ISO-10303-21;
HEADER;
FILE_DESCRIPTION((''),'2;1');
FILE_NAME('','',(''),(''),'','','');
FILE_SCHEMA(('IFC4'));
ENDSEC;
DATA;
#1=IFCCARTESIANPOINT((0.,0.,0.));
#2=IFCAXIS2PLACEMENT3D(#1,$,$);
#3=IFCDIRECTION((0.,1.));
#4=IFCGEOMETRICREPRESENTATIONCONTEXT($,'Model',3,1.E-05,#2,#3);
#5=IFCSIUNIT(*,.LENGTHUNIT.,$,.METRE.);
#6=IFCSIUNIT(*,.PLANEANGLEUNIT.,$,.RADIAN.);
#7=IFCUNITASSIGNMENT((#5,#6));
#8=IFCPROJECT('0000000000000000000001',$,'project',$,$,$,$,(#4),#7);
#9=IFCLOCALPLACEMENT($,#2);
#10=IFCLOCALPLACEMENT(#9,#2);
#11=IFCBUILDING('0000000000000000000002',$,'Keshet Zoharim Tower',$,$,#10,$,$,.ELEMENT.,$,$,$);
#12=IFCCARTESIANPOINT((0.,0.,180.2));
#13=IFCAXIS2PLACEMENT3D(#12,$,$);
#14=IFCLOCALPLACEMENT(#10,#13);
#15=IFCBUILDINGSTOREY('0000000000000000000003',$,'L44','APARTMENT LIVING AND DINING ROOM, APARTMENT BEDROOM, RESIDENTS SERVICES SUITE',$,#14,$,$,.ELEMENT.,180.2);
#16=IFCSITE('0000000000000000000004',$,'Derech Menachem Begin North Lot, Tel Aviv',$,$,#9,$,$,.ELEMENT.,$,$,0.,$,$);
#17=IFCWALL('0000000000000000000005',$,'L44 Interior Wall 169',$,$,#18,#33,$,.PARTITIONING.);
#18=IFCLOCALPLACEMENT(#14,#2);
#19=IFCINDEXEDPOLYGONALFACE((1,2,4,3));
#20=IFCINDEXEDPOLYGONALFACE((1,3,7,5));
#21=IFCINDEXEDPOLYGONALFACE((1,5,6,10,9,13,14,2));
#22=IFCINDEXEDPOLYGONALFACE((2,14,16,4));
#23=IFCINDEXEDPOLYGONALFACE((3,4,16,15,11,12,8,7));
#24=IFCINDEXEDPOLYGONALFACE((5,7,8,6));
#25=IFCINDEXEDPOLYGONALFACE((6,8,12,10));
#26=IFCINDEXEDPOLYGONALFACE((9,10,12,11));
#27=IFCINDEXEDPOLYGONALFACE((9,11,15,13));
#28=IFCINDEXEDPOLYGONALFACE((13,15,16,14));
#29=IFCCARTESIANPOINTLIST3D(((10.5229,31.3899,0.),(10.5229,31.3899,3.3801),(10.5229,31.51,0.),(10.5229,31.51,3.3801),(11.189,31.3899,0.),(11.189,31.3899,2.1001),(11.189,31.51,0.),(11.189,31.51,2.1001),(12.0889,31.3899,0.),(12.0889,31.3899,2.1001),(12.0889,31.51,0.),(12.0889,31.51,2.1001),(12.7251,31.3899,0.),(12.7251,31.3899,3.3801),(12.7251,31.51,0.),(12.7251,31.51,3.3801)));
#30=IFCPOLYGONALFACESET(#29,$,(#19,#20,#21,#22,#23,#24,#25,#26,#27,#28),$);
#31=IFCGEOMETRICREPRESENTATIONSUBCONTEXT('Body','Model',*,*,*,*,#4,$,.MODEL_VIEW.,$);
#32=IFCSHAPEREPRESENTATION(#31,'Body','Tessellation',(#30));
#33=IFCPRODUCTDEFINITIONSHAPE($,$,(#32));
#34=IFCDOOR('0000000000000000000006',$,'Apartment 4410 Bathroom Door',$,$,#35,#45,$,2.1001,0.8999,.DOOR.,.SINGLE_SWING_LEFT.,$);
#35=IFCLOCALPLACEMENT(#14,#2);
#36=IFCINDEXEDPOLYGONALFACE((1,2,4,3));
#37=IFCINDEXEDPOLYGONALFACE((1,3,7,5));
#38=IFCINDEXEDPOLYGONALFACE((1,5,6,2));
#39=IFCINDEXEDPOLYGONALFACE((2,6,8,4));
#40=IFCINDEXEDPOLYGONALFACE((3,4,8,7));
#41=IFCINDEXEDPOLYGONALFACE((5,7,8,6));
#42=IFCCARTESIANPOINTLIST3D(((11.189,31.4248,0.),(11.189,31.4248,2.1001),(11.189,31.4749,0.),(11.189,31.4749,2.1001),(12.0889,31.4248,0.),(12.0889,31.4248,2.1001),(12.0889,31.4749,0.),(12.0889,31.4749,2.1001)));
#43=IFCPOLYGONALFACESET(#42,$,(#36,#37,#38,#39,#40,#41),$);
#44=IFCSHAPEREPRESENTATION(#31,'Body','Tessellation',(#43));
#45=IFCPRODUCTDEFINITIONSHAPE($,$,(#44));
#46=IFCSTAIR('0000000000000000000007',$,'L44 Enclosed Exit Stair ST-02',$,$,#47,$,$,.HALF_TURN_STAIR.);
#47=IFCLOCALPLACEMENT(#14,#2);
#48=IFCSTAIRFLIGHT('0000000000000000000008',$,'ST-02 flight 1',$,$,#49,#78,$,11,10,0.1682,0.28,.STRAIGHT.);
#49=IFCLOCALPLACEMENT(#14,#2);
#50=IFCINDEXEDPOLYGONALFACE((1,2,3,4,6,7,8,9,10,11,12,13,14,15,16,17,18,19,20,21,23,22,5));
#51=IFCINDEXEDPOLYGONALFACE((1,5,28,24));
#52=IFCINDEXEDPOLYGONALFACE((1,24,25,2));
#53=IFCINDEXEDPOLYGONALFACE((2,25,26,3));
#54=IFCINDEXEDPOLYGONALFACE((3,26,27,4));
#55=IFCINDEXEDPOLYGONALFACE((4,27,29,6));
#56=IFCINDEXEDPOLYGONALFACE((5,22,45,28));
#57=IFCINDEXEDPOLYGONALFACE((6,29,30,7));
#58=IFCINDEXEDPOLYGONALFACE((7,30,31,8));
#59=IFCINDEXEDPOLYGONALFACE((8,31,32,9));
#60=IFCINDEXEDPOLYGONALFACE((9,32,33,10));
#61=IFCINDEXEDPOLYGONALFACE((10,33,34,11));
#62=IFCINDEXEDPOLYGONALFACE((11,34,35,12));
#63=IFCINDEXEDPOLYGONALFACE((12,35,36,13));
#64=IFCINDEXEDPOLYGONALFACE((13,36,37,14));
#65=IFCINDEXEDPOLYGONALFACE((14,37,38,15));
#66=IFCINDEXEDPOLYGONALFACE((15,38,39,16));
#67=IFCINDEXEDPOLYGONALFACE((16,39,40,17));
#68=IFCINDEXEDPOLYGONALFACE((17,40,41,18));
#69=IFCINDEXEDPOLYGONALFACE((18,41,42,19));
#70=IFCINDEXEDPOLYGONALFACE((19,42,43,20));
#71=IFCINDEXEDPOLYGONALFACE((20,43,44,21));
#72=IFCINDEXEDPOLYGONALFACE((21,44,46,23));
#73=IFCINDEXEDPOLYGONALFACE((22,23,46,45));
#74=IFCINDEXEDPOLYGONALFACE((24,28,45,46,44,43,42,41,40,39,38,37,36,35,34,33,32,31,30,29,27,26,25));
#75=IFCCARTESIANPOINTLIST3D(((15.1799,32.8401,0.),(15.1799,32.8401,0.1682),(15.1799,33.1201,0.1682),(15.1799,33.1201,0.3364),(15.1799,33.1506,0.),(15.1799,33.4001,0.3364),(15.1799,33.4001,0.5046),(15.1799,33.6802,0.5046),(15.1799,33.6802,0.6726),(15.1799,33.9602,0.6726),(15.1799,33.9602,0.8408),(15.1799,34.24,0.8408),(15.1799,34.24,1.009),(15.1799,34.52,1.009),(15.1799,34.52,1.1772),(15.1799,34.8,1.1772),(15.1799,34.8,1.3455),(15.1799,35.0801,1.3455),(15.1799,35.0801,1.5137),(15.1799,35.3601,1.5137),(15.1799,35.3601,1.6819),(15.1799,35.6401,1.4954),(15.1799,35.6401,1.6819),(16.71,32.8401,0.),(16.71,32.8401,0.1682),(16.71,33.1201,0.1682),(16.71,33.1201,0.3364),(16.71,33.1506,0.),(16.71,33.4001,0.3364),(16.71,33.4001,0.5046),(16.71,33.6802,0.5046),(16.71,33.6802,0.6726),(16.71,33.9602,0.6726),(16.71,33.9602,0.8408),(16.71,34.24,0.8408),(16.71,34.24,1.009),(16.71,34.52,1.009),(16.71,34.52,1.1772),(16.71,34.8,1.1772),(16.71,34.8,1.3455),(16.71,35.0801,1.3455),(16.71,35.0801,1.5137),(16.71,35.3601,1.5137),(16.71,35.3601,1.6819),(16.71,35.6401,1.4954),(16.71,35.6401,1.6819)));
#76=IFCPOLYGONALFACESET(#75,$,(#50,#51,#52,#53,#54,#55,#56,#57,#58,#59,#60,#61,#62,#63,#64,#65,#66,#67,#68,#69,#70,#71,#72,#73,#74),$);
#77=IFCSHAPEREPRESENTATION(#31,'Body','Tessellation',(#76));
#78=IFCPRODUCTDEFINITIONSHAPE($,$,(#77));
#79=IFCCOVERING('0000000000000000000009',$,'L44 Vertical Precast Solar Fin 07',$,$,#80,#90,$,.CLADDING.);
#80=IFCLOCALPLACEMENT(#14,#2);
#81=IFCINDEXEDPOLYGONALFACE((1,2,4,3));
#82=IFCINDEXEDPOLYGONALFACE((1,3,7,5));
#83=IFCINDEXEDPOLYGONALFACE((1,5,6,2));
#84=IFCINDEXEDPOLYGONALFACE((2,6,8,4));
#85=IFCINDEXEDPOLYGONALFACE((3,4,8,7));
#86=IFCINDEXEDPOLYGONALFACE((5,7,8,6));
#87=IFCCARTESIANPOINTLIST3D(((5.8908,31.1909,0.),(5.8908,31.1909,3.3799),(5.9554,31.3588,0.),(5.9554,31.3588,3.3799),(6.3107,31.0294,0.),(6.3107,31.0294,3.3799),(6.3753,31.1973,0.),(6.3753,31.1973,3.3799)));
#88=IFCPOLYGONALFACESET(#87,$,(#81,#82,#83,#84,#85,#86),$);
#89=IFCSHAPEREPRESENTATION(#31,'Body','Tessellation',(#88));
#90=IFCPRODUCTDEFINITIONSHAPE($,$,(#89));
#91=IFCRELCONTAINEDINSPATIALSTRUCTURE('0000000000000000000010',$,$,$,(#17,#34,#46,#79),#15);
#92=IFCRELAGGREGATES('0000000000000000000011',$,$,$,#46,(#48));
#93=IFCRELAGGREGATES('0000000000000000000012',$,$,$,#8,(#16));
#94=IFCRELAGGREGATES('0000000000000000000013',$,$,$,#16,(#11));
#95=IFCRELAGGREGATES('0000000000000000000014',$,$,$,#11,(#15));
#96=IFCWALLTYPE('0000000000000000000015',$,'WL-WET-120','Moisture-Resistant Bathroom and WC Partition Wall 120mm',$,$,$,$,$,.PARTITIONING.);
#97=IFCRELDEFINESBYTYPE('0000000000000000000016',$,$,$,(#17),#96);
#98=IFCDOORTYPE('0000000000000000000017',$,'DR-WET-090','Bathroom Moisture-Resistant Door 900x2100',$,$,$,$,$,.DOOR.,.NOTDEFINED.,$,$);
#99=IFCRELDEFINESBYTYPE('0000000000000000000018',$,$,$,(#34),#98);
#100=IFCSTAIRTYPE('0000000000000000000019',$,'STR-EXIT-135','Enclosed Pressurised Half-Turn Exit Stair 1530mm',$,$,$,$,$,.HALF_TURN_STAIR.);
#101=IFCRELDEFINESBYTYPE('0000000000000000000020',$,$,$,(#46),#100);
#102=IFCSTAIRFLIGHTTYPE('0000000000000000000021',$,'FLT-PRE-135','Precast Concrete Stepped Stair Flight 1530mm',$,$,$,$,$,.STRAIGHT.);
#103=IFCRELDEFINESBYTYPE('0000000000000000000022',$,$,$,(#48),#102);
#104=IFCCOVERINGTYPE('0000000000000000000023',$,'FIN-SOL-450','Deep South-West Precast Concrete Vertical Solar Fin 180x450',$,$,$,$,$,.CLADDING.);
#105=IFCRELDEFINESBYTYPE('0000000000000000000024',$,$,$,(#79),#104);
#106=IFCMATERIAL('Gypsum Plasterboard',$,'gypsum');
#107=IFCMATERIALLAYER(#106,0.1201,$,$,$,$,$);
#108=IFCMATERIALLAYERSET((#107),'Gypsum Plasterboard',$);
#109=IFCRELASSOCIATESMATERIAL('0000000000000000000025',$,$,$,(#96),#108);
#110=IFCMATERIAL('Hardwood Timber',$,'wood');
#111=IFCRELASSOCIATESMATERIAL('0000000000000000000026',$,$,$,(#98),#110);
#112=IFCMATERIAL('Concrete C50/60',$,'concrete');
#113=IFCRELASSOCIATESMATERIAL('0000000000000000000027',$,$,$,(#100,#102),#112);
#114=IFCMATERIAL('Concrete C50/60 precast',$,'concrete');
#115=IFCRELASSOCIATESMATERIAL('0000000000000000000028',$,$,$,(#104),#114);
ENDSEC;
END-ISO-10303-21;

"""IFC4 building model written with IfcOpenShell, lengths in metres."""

from ifc_helpers import new_model, si_unit, direction, frame, frame_2d, origin, origin_2d, place, context, subcontext, project, spatial, polyline, rectangle, outline, extrude, material, layer, layer_set, type_object, element, fill, aggregate, save


model = new_model("IFC4")

# Units and contexts
model_context = context("Model", 3, precision=1e-05, world=origin(), true_north=direction((0.0, 1.0)))
body_context = subcontext(model_context, "Body", "Model", "MODEL_VIEW")
ifc_project = project(units=[si_unit("LENGTHUNIT", "METRE"), si_unit("PLANEANGLEUNIT", "RADIAN")], contexts=[model_context])

# Site, building, storey
site_placement = place(None, origin())
site = spatial("IfcSite", under=ifc_project, at=site_placement, Name="Derech Menachem Begin North Lot, Tel Aviv", CompositionType="ELEMENT", RefElevation=0.0)
building_placement = place(site_placement, origin())
building = spatial("IfcBuilding", under=site, at=building_placement, Name="Keshet Zoharim Tower", CompositionType="ELEMENT")
storey_placement = place(building_placement, frame((0.0, 0.0, 180.2)))
storey = spatial("IfcBuildingStorey", under=building, at=storey_placement, Name="L44", Description="APARTMENT LIVING AND DINING ROOM, APARTMENT BEDROOM, RESIDENTS SERVICES SUITE", CompositionType="ELEMENT", Elevation=180.2)

# Shared definitions
ifc_material_1 = material(Name="Hardwood Timber", Category="wood")

# Shared definitions
ifc_material_2 = material(Name="Gypsum Plasterboard", Category="gypsum")

# Shared definitions
ifc_layer_1 = layer(ifc_material_2, 0.1201)
ifc_layer_set_1 = layer_set([ifc_layer_1], Name="Gypsum Plasterboard")
wall_type_1 = type_object("IfcWallType", Name="WL-WET-120", Description="Moisture-Resistant Bathroom and WC Partition Wall 120mm", PredefinedType="PARTITIONING", material=ifc_layer_set_1)

# Wall, opening, door
wall_1_placement = place(storey_placement, frame((10.5229, 31.45, 0.0), z_axis=(0.0, 0.0, 1.0), x_axis=(1.0, 0.0, 0.0)))
wall_1 = element("IfcWall", 1, at=wall_1_placement, inside=storey, type_object=wall_type_1, Name="L44 Interior Wall 169", PredefinedType="PARTITIONING", context=body_context, shape_type="SweptSolid", body=[
    extrude(rectangle(XDim=2.2021, YDim=0.1201, at=frame_2d((1.1011, 0.0))), origin(), (0.0, 0.0, 1.0), 3.3801),
])
opening_1_placement = place(wall_1_placement, frame((0.666, 0.0, 0.0)))
opening_1 = element("IfcOpeningElement", 2, at=opening_1_placement, cuts=wall_1, PredefinedType="OPENING", context=body_context, shape_type="SweptSolid", body=[
    extrude(rectangle(XDim=0.8999, YDim=2.1001, at=frame_2d((0.45, 1.05))), frame((0.0, 0.0701, 0.0), z_axis=(0.0, -1.0, 0.0), x_axis=(1.0, 0.0, 0.0)), (0.0, 0.0, 1.0), 0.1401),
])
door_type_1 = type_object("IfcDoorType", Name="DR-WET-090", Description="Bathroom Moisture-Resistant Door 900x2100", OperationType="NOTDEFINED", PredefinedType="DOOR", material=ifc_material_1)
door_1_placement = place(opening_1_placement, origin())
door_1 = element("IfcDoor", 3, at=door_1_placement, inside=storey, type_object=door_type_1, Name="Apartment 4410 Bathroom Door", OperationType="SINGLE_SWING_LEFT", OverallHeight=2.1001, OverallWidth=0.8999, PredefinedType="DOOR", context=body_context, shape_type="SweptSolid", body=[
    extrude(rectangle(XDim=0.8999, YDim=2.1001, at=frame_2d((0.45, 1.05))), frame((0.0, 0.0249, 0.0), z_axis=(0.0, -1.0, 0.0), x_axis=(1.0, 0.0, 0.0)), (0.0, 0.0, 1.0), 0.05),
])
fill(opening_1, door_1)

# Stair, stair flight
ifc_material_3 = material(Name="Concrete C50/60", Category="concrete")
stair_type = type_object("IfcStairType", Name="STR-EXIT-135", Description="Enclosed Pressurised Half-Turn Exit Stair 1530mm", PredefinedType="HALF_TURN_STAIR", material=ifc_material_3)
stair_placement = place(storey_placement, origin())
stair = element("IfcStair", 4, at=stair_placement, inside=storey, type_object=stair_type, Name="L44 Enclosed Exit Stair ST-02", PredefinedType="HALF_TURN_STAIR")
stair_flight_type = type_object("IfcStairFlightType", Name="FLT-PRE-135", Description="Precast Concrete Stepped Stair Flight 1530mm", PredefinedType="STRAIGHT", material=ifc_material_3)
stair_flight_placement = place(storey_placement, frame((15.9451, 32.8401, 0.0), z_axis=(0.0, 0.0, 1.0), x_axis=(0.0, 1.0, 0.0)))
stair_flight = element("IfcStairFlight", 5, at=stair_flight_placement, type_object=stair_flight_type, Name="ST-02 flight 1", NumberOfRisers=11, NumberOfTreads=10, PredefinedType="STRAIGHT", RiserHeight=0.1682, TreadLength=0.28, context=body_context, shape_type="SweptSolid", body=[
    extrude(outline(polyline([(0.0, 0.0), (0.0, 0.1682), (0.28, 0.1682), (0.28, 0.3364), (0.5601, 0.3364), (0.5601, 0.5046), (0.8401, 0.5046), (0.8401, 0.6726), (1.1201, 0.6726), (1.1201, 0.8408), (1.3999, 0.8408), (1.3999, 1.009), (1.6799, 1.009), (1.6799, 1.1772), (1.96, 1.1772), (1.96, 1.3455), (2.24, 1.3455), (2.24, 1.5137), (2.52, 1.5137), (2.52, 1.6819), (2.8, 1.6819), (2.8, 1.8501), (2.8, 1.4954), (0.3105, 0.0), (0.0, 0.0)])), frame((0.0, 0.7651, 0.0), z_axis=(0.0, -1.0, 0.0), x_axis=(1.0, 0.0, 0.0)), (0.0, 0.0, 1.0), 1.53),
])
aggregate(stair, [stair_flight])

# Covering
ifc_material_4 = material(Name="Concrete C50/60 precast", Category="concrete")
covering_type = type_object("IfcCoveringType", Name="FIN-SOL-450", Description="Deep South-West Precast Concrete Vertical Solar Fin 180x450", PredefinedType="CLADDING", material=ifc_material_4)
covering_placement = place(storey_placement, frame((6.1331, 31.1941, 0.0), z_axis=(0.0, 0.0, 1.0), x_axis=(0.35899, 0.933341, 0.0)))
element("IfcCovering", 6, at=covering_placement, inside=storey, type_object=covering_type, Name="L44 Vertical Precast Solar Fin 07", PredefinedType="CLADDING", context=body_context, shape_type="SweptSolid", body=[
    extrude(rectangle(XDim=0.1799, YDim=0.45, at=origin_2d()), origin(), (0.0, 0.0, 1.0), 3.3799),
])

save(model, "model.ifc")
